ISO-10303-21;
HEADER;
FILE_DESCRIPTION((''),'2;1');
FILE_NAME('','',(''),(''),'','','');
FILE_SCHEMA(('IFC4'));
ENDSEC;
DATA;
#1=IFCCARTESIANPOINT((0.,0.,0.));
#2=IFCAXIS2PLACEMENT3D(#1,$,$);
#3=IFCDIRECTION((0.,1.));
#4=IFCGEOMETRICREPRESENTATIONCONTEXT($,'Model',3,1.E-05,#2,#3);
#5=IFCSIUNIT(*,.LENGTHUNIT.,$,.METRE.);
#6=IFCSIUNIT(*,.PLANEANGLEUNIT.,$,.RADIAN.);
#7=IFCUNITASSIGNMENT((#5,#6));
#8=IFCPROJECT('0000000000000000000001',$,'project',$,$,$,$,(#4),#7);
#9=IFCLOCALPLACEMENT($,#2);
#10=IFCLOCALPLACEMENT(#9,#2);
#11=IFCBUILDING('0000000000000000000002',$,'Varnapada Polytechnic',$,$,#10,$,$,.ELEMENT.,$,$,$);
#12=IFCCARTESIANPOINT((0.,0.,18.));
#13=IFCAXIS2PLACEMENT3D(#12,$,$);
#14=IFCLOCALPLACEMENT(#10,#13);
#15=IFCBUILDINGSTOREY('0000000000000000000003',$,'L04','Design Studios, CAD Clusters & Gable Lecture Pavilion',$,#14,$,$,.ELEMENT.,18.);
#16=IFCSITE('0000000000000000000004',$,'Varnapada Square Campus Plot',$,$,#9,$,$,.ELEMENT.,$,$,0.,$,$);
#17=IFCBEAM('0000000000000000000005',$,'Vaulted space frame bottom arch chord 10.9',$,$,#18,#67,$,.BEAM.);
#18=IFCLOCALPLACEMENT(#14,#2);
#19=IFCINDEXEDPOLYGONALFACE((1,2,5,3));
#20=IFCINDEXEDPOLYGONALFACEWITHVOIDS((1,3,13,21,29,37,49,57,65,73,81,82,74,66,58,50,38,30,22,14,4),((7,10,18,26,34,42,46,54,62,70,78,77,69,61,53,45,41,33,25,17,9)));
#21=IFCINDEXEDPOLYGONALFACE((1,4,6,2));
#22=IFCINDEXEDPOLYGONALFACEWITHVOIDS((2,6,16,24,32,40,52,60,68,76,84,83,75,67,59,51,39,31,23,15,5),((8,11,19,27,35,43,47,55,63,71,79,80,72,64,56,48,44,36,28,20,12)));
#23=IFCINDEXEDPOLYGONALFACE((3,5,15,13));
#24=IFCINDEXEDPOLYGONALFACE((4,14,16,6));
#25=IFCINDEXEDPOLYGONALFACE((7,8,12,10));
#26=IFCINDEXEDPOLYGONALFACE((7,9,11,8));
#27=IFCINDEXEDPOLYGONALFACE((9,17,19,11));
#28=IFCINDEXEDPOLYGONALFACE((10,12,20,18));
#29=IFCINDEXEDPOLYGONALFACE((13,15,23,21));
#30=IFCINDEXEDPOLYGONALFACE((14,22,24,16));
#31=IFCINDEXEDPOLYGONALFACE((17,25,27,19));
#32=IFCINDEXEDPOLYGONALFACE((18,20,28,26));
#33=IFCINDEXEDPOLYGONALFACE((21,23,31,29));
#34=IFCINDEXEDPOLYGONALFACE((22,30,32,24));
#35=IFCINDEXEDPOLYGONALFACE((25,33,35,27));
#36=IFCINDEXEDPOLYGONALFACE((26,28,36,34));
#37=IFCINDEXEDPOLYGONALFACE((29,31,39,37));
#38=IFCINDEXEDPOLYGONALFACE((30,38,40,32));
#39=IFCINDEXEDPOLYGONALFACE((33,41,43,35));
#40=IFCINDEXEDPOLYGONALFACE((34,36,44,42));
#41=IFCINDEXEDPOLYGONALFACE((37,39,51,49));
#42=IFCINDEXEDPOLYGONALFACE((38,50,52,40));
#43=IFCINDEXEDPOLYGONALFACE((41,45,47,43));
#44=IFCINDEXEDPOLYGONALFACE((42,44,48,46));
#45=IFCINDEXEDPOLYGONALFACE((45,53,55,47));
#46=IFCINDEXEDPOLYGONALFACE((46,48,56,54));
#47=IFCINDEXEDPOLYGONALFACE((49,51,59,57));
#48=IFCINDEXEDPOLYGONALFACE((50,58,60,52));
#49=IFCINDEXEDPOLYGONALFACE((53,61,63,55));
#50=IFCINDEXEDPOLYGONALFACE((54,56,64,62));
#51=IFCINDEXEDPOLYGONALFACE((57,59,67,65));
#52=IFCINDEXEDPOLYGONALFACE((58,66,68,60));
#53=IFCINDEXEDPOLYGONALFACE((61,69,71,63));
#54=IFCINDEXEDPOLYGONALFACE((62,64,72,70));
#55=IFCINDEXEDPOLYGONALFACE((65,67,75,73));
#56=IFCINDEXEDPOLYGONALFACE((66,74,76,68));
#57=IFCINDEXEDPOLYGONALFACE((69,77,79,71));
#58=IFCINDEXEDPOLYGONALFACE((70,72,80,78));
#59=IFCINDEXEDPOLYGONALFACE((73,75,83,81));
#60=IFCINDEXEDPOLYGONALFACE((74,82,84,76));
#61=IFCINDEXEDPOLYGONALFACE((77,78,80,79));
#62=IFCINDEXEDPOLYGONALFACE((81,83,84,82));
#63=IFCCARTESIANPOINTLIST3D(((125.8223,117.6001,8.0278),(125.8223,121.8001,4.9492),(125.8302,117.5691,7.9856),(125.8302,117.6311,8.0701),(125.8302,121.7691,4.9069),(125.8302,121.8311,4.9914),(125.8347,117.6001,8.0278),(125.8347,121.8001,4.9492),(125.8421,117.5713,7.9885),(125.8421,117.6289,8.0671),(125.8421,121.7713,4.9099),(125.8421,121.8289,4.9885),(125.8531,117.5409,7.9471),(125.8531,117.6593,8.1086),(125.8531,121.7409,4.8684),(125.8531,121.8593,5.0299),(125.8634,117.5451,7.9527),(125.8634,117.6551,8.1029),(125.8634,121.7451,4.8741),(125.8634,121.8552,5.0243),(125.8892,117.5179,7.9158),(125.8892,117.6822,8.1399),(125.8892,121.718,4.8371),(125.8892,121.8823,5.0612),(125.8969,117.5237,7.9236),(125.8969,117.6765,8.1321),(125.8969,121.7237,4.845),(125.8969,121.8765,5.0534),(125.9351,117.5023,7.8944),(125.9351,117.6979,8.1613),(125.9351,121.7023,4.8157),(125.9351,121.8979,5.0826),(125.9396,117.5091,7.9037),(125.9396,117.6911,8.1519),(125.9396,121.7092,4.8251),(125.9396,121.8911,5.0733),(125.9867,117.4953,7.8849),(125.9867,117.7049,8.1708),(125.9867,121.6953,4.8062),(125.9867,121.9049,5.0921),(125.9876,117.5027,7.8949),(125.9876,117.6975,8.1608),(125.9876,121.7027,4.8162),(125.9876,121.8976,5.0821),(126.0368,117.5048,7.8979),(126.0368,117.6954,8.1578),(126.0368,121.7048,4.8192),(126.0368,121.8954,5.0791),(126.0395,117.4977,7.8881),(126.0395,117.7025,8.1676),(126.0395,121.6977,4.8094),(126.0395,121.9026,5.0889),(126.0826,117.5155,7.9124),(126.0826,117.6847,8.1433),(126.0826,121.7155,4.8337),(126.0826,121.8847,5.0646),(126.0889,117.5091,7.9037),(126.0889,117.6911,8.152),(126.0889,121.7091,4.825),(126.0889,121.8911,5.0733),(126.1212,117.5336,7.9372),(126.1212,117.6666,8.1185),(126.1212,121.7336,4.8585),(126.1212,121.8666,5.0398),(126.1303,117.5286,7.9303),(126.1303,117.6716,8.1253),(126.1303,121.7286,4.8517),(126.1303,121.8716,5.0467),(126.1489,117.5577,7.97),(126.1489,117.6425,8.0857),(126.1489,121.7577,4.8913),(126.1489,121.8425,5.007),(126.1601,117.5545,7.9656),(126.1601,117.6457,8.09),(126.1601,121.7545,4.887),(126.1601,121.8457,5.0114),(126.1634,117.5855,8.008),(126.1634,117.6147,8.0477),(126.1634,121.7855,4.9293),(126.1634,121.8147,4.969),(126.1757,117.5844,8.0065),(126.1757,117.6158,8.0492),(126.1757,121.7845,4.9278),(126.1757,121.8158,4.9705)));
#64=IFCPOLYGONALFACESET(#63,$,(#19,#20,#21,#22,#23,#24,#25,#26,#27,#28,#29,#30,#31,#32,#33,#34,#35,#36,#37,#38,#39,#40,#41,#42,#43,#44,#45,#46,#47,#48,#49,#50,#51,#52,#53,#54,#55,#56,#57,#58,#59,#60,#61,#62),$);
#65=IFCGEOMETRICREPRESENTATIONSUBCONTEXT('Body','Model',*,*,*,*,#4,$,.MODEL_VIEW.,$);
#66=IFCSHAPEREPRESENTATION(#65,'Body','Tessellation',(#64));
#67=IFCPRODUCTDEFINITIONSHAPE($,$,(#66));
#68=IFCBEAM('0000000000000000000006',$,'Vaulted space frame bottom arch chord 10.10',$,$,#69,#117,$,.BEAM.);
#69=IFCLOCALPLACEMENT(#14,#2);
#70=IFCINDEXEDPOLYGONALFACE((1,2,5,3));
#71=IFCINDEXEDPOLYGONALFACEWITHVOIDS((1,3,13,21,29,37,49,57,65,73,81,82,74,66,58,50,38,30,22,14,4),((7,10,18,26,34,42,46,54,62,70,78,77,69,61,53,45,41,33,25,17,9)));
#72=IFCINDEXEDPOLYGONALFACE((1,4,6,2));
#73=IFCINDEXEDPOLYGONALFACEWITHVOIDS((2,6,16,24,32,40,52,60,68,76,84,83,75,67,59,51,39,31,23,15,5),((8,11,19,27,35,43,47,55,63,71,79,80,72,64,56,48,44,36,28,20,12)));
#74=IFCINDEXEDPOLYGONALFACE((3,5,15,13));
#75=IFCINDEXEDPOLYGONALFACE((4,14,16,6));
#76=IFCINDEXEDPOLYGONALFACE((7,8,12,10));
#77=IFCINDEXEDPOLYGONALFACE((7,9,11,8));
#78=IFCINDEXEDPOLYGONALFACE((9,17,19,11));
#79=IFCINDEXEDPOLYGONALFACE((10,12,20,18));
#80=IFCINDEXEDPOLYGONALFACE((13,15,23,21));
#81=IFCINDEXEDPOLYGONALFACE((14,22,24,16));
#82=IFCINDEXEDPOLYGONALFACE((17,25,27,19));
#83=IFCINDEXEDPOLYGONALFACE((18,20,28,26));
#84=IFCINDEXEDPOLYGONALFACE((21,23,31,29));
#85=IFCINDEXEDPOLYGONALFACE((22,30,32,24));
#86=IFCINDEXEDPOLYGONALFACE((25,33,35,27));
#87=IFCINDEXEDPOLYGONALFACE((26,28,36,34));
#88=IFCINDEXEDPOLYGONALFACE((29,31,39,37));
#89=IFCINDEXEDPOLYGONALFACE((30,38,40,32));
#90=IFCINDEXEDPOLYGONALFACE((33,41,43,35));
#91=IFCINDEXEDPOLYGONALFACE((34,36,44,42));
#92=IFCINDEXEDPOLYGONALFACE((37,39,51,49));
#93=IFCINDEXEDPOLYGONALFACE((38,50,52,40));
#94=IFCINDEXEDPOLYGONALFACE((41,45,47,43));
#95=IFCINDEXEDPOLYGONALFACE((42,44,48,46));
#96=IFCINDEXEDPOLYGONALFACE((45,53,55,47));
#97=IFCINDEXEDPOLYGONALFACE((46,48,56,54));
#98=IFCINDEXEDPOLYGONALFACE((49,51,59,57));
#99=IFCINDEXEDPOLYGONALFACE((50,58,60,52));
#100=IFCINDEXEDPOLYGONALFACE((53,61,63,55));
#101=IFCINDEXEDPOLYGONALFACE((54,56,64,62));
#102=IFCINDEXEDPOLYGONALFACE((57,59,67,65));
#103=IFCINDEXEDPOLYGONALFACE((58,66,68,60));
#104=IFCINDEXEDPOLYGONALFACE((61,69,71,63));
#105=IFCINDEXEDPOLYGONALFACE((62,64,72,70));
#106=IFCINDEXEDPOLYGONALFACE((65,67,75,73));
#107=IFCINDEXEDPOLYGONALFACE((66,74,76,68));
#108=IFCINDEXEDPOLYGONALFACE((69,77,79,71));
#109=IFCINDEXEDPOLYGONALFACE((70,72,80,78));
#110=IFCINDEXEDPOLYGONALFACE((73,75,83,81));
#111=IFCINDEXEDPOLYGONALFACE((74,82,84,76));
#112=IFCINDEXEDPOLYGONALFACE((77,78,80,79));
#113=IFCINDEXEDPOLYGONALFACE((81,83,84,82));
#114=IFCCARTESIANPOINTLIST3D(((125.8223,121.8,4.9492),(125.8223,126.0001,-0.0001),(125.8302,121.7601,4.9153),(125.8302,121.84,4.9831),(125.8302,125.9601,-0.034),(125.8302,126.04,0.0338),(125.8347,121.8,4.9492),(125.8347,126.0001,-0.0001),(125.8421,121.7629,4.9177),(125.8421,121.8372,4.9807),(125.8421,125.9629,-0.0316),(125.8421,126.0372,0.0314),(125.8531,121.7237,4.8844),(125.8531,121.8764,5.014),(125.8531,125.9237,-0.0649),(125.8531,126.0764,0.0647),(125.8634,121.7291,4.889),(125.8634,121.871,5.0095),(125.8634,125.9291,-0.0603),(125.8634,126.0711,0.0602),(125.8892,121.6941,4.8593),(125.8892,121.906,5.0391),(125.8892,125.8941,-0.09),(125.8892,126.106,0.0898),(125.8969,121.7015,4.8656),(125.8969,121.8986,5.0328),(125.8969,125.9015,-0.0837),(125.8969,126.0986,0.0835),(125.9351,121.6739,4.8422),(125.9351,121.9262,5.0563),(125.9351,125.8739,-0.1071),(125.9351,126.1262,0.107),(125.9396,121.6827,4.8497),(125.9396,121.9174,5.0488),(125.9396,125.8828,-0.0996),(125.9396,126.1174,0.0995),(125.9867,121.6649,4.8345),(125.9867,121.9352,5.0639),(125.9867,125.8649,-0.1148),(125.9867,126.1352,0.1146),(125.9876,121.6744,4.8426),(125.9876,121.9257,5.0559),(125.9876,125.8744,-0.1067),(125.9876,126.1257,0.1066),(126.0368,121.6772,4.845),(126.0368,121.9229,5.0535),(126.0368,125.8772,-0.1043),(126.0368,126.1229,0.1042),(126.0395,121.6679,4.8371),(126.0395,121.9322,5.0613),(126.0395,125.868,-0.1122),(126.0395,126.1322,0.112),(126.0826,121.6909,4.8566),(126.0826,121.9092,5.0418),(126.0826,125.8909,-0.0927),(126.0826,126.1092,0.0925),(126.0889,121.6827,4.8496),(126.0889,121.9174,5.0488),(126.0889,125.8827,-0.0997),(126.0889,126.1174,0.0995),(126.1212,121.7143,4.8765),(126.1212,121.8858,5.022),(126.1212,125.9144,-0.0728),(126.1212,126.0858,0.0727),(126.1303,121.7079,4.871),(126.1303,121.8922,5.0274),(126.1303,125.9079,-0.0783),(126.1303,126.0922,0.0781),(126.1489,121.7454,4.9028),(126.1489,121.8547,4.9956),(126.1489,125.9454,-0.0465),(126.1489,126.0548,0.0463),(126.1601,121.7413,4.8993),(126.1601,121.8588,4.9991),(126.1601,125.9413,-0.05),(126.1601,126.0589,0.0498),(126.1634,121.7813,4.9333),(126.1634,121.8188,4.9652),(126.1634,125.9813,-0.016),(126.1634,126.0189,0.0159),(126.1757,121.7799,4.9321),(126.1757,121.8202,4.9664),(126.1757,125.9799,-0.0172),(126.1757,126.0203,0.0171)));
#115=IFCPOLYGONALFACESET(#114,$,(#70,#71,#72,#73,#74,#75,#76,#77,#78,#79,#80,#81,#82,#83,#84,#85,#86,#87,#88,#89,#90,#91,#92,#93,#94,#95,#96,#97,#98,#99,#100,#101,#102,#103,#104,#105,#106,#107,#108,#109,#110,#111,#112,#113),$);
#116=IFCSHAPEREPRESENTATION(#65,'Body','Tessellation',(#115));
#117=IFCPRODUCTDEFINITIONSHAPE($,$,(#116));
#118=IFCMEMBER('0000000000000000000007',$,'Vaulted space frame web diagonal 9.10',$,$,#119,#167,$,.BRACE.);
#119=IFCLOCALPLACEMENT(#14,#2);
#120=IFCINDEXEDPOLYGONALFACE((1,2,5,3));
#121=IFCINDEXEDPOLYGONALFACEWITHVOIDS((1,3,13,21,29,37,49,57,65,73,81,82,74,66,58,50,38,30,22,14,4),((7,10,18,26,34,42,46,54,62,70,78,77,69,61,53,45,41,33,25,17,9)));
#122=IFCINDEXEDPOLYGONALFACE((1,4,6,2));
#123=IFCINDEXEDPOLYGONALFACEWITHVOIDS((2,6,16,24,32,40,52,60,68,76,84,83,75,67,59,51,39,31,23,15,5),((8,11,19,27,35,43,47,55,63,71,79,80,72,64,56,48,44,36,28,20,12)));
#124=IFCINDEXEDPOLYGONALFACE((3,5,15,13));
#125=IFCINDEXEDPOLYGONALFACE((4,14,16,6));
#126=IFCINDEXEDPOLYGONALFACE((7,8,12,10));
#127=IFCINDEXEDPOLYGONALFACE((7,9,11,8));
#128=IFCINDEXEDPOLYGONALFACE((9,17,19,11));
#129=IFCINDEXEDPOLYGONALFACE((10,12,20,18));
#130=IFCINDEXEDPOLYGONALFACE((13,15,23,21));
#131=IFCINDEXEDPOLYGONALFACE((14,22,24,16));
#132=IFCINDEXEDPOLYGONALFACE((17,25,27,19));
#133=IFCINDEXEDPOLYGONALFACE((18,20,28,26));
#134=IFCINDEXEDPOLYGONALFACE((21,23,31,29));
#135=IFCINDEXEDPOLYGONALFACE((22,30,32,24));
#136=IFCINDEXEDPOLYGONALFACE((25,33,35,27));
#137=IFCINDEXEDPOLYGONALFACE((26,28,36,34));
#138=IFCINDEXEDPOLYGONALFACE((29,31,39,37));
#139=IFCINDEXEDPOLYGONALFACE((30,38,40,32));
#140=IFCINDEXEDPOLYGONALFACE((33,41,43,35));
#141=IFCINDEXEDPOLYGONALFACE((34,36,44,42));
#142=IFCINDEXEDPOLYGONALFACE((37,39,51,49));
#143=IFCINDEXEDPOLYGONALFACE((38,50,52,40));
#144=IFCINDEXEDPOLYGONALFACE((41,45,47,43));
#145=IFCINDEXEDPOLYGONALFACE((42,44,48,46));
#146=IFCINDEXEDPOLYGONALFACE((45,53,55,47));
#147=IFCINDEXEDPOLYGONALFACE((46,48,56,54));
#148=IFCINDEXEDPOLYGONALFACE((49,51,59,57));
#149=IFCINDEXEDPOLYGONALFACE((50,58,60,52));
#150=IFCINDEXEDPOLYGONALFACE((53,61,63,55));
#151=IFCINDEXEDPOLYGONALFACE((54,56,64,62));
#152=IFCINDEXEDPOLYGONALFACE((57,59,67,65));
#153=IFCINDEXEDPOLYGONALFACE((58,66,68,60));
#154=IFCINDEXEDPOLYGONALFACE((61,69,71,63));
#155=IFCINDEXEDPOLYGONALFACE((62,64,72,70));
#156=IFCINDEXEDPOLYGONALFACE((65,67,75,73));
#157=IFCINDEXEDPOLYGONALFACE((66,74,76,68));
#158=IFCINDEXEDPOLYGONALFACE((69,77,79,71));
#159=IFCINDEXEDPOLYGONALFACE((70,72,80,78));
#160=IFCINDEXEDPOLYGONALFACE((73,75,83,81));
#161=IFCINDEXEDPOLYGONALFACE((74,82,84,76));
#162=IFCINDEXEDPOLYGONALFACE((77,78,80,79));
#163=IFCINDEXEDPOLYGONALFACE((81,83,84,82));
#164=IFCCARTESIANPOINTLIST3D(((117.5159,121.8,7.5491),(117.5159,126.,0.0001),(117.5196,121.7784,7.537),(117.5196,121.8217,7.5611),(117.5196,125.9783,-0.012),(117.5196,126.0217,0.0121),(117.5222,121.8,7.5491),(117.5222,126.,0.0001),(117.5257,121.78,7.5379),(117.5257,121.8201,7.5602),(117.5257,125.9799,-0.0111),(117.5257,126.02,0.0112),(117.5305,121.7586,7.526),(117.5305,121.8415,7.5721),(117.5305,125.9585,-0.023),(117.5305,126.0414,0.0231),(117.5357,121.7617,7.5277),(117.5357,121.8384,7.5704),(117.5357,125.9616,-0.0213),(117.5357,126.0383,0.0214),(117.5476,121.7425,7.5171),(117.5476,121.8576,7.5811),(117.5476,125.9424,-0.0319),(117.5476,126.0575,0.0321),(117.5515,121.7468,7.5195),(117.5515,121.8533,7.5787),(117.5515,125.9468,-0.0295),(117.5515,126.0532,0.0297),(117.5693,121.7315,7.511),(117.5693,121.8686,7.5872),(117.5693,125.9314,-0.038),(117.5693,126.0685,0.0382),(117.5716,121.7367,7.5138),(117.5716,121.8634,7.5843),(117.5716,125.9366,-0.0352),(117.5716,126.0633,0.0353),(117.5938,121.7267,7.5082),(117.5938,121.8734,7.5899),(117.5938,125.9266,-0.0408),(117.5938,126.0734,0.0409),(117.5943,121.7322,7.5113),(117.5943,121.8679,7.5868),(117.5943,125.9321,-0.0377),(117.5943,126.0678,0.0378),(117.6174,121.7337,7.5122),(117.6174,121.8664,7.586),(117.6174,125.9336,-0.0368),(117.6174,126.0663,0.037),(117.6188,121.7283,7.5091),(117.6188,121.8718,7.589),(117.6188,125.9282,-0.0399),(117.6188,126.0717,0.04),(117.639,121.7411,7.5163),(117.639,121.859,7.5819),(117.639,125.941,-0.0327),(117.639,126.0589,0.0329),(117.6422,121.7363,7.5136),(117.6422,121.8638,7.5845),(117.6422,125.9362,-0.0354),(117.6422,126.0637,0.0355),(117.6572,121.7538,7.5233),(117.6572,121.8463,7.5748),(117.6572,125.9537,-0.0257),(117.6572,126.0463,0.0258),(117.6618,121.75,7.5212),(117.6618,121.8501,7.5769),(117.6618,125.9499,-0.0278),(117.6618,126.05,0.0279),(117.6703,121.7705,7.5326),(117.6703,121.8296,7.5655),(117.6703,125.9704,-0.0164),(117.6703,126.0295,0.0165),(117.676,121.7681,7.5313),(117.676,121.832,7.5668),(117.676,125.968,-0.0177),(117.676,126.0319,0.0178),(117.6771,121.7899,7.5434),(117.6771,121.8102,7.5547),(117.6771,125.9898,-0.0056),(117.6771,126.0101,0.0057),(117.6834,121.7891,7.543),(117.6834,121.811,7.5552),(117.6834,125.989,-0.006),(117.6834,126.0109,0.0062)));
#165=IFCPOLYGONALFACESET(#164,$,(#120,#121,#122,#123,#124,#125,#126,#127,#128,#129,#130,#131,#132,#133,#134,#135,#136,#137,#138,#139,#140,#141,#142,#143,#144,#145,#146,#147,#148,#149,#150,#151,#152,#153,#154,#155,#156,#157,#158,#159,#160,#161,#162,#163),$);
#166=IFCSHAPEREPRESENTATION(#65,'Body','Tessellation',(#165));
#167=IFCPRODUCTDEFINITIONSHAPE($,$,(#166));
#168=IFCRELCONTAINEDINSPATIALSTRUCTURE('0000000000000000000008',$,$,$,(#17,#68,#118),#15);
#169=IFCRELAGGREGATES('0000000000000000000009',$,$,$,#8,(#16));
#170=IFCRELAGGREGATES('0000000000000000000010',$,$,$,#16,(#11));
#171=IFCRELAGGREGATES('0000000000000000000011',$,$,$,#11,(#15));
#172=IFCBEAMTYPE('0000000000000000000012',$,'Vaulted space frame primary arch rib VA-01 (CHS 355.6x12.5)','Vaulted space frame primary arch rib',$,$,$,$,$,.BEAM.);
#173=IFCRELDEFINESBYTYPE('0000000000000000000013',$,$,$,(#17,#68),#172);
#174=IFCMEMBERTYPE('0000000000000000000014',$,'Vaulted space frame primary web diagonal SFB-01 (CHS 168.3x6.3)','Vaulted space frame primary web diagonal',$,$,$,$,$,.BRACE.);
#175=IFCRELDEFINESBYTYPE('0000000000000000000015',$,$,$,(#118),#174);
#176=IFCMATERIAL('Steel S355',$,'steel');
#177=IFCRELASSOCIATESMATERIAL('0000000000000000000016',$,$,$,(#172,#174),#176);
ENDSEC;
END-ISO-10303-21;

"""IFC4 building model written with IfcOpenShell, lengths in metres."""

from ifc_helpers import new_model, si_unit, direction, frame, origin, origin_2d, place, context, subcontext, project, spatial, hollow_circle, extrude, material, material_profile, profile_set, type_object, element, save


model = new_model("IFC4")

# Units and contexts
model_context = context("Model", 3, precision=1e-05, world=origin(), true_north=direction((0.0, 1.0)))
body_context = subcontext(model_context, "Body", "Model", "MODEL_VIEW")
ifc_project = project(units=[si_unit("LENGTHUNIT", "METRE"), si_unit("PLANEANGLEUNIT", "RADIAN")], contexts=[model_context])

# Site, building, storey
site_placement = place(None, origin())
site = spatial("IfcSite", under=ifc_project, at=site_placement, Name="Varnapada Square Campus Plot", CompositionType="ELEMENT", RefElevation=0.0)
building_placement = place(site_placement, origin())
building = spatial("IfcBuilding", under=site, at=building_placement, Name="Varnapada Polytechnic", CompositionType="ELEMENT")
storey_placement = place(building_placement, frame((0.0, 0.0, 18.0)))
storey = spatial("IfcBuildingStorey", under=building, at=storey_placement, Name="L04", Description="Design Studios, CAD Clusters & Gable Lecture Pavilion", CompositionType="ELEMENT", Elevation=18.0)

# Shared definitions
ifc_material = material(Name="Steel S355", Category="steel")

# Beams
ifc_material_profile_1 = material_profile(ifc_material, hollow_circle(Radius=0.1777, WallThickness=0.0125, at=origin_2d()), Name="CHS 355.6x12.5")
ifc_profile_set_1 = profile_set([ifc_material_profile_1], Name="Steel S355")
beam_type_1 = type_object("IfcBeamType", Name="Vaulted space frame primary arch rib VA-01 (CHS 355.6x12.5)", Description="Vaulted space frame primary arch rib", PredefinedType="BEAM", material=ifc_profile_set_1)
beam_1_placement = place(storey_placement, frame((126.0, 117.6001, 8.0278), z_axis=(0.0, 0.806529, -0.591195), x_axis=(-1.0, 0.0, 0.0)))
element("IfcBeam", 1, at=beam_1_placement, inside=storey, type_object=beam_type_1, Name="Vaulted space frame bottom arch chord 10.9", PredefinedType="BEAM", context=body_context, shape_type="SweptSolid", body=[
    extrude(hollow_circle(Radius=0.1777, WallThickness=0.0125, at=origin_2d()), origin(), (0.0, 0.0, 1.0), 5.2075),
])
beam_2_placement = place(storey_placement, frame((126.0, 121.8, 4.9492), z_axis=(0.0, 0.647032, -0.762462), x_axis=(-1.0, 0.0, 0.0)))
element("IfcBeam", 2, at=beam_2_placement, inside=storey, type_object=beam_type_1, Name="Vaulted space frame bottom arch chord 10.10", PredefinedType="BEAM", context=body_context, shape_type="SweptSolid", body=[
    extrude(hollow_circle(Radius=0.1777, WallThickness=0.0125, at=origin_2d()), origin(), (0.0, 0.0, 1.0), 6.4912),
])

# Member
ifc_material_profile_2 = material_profile(ifc_material, hollow_circle(Radius=0.0842, WallThickness=0.0063, at=origin_2d()), Name="CHS 168.3x6.3")
ifc_profile_set_2 = profile_set([ifc_material_profile_2], Name="Steel S355")
member_type_1 = type_object("IfcMemberType", Name="Vaulted space frame primary web diagonal SFB-01 (CHS 168.3x6.3)", Description="Vaulted space frame primary web diagonal", PredefinedType="BRACE", material=ifc_profile_set_2)
member_1_placement = place(storey_placement, frame((117.6001, 121.8, 7.5491), z_axis=(0.0, 0.486176, -0.873861), x_axis=(-1.0, 0.0, 0.0)))
element("IfcMember", 3, at=member_1_placement, inside=storey, type_object=member_type_1, Name="Vaulted space frame web diagonal 9.10", PredefinedType="BRACE", context=body_context, shape_type="SweptSolid", body=[
    extrude(hollow_circle(Radius=0.0842, WallThickness=0.0063, at=origin_2d()), origin(), (0.0, 0.0, 1.0), 8.6387),
])

save(model, "model.ifc")
